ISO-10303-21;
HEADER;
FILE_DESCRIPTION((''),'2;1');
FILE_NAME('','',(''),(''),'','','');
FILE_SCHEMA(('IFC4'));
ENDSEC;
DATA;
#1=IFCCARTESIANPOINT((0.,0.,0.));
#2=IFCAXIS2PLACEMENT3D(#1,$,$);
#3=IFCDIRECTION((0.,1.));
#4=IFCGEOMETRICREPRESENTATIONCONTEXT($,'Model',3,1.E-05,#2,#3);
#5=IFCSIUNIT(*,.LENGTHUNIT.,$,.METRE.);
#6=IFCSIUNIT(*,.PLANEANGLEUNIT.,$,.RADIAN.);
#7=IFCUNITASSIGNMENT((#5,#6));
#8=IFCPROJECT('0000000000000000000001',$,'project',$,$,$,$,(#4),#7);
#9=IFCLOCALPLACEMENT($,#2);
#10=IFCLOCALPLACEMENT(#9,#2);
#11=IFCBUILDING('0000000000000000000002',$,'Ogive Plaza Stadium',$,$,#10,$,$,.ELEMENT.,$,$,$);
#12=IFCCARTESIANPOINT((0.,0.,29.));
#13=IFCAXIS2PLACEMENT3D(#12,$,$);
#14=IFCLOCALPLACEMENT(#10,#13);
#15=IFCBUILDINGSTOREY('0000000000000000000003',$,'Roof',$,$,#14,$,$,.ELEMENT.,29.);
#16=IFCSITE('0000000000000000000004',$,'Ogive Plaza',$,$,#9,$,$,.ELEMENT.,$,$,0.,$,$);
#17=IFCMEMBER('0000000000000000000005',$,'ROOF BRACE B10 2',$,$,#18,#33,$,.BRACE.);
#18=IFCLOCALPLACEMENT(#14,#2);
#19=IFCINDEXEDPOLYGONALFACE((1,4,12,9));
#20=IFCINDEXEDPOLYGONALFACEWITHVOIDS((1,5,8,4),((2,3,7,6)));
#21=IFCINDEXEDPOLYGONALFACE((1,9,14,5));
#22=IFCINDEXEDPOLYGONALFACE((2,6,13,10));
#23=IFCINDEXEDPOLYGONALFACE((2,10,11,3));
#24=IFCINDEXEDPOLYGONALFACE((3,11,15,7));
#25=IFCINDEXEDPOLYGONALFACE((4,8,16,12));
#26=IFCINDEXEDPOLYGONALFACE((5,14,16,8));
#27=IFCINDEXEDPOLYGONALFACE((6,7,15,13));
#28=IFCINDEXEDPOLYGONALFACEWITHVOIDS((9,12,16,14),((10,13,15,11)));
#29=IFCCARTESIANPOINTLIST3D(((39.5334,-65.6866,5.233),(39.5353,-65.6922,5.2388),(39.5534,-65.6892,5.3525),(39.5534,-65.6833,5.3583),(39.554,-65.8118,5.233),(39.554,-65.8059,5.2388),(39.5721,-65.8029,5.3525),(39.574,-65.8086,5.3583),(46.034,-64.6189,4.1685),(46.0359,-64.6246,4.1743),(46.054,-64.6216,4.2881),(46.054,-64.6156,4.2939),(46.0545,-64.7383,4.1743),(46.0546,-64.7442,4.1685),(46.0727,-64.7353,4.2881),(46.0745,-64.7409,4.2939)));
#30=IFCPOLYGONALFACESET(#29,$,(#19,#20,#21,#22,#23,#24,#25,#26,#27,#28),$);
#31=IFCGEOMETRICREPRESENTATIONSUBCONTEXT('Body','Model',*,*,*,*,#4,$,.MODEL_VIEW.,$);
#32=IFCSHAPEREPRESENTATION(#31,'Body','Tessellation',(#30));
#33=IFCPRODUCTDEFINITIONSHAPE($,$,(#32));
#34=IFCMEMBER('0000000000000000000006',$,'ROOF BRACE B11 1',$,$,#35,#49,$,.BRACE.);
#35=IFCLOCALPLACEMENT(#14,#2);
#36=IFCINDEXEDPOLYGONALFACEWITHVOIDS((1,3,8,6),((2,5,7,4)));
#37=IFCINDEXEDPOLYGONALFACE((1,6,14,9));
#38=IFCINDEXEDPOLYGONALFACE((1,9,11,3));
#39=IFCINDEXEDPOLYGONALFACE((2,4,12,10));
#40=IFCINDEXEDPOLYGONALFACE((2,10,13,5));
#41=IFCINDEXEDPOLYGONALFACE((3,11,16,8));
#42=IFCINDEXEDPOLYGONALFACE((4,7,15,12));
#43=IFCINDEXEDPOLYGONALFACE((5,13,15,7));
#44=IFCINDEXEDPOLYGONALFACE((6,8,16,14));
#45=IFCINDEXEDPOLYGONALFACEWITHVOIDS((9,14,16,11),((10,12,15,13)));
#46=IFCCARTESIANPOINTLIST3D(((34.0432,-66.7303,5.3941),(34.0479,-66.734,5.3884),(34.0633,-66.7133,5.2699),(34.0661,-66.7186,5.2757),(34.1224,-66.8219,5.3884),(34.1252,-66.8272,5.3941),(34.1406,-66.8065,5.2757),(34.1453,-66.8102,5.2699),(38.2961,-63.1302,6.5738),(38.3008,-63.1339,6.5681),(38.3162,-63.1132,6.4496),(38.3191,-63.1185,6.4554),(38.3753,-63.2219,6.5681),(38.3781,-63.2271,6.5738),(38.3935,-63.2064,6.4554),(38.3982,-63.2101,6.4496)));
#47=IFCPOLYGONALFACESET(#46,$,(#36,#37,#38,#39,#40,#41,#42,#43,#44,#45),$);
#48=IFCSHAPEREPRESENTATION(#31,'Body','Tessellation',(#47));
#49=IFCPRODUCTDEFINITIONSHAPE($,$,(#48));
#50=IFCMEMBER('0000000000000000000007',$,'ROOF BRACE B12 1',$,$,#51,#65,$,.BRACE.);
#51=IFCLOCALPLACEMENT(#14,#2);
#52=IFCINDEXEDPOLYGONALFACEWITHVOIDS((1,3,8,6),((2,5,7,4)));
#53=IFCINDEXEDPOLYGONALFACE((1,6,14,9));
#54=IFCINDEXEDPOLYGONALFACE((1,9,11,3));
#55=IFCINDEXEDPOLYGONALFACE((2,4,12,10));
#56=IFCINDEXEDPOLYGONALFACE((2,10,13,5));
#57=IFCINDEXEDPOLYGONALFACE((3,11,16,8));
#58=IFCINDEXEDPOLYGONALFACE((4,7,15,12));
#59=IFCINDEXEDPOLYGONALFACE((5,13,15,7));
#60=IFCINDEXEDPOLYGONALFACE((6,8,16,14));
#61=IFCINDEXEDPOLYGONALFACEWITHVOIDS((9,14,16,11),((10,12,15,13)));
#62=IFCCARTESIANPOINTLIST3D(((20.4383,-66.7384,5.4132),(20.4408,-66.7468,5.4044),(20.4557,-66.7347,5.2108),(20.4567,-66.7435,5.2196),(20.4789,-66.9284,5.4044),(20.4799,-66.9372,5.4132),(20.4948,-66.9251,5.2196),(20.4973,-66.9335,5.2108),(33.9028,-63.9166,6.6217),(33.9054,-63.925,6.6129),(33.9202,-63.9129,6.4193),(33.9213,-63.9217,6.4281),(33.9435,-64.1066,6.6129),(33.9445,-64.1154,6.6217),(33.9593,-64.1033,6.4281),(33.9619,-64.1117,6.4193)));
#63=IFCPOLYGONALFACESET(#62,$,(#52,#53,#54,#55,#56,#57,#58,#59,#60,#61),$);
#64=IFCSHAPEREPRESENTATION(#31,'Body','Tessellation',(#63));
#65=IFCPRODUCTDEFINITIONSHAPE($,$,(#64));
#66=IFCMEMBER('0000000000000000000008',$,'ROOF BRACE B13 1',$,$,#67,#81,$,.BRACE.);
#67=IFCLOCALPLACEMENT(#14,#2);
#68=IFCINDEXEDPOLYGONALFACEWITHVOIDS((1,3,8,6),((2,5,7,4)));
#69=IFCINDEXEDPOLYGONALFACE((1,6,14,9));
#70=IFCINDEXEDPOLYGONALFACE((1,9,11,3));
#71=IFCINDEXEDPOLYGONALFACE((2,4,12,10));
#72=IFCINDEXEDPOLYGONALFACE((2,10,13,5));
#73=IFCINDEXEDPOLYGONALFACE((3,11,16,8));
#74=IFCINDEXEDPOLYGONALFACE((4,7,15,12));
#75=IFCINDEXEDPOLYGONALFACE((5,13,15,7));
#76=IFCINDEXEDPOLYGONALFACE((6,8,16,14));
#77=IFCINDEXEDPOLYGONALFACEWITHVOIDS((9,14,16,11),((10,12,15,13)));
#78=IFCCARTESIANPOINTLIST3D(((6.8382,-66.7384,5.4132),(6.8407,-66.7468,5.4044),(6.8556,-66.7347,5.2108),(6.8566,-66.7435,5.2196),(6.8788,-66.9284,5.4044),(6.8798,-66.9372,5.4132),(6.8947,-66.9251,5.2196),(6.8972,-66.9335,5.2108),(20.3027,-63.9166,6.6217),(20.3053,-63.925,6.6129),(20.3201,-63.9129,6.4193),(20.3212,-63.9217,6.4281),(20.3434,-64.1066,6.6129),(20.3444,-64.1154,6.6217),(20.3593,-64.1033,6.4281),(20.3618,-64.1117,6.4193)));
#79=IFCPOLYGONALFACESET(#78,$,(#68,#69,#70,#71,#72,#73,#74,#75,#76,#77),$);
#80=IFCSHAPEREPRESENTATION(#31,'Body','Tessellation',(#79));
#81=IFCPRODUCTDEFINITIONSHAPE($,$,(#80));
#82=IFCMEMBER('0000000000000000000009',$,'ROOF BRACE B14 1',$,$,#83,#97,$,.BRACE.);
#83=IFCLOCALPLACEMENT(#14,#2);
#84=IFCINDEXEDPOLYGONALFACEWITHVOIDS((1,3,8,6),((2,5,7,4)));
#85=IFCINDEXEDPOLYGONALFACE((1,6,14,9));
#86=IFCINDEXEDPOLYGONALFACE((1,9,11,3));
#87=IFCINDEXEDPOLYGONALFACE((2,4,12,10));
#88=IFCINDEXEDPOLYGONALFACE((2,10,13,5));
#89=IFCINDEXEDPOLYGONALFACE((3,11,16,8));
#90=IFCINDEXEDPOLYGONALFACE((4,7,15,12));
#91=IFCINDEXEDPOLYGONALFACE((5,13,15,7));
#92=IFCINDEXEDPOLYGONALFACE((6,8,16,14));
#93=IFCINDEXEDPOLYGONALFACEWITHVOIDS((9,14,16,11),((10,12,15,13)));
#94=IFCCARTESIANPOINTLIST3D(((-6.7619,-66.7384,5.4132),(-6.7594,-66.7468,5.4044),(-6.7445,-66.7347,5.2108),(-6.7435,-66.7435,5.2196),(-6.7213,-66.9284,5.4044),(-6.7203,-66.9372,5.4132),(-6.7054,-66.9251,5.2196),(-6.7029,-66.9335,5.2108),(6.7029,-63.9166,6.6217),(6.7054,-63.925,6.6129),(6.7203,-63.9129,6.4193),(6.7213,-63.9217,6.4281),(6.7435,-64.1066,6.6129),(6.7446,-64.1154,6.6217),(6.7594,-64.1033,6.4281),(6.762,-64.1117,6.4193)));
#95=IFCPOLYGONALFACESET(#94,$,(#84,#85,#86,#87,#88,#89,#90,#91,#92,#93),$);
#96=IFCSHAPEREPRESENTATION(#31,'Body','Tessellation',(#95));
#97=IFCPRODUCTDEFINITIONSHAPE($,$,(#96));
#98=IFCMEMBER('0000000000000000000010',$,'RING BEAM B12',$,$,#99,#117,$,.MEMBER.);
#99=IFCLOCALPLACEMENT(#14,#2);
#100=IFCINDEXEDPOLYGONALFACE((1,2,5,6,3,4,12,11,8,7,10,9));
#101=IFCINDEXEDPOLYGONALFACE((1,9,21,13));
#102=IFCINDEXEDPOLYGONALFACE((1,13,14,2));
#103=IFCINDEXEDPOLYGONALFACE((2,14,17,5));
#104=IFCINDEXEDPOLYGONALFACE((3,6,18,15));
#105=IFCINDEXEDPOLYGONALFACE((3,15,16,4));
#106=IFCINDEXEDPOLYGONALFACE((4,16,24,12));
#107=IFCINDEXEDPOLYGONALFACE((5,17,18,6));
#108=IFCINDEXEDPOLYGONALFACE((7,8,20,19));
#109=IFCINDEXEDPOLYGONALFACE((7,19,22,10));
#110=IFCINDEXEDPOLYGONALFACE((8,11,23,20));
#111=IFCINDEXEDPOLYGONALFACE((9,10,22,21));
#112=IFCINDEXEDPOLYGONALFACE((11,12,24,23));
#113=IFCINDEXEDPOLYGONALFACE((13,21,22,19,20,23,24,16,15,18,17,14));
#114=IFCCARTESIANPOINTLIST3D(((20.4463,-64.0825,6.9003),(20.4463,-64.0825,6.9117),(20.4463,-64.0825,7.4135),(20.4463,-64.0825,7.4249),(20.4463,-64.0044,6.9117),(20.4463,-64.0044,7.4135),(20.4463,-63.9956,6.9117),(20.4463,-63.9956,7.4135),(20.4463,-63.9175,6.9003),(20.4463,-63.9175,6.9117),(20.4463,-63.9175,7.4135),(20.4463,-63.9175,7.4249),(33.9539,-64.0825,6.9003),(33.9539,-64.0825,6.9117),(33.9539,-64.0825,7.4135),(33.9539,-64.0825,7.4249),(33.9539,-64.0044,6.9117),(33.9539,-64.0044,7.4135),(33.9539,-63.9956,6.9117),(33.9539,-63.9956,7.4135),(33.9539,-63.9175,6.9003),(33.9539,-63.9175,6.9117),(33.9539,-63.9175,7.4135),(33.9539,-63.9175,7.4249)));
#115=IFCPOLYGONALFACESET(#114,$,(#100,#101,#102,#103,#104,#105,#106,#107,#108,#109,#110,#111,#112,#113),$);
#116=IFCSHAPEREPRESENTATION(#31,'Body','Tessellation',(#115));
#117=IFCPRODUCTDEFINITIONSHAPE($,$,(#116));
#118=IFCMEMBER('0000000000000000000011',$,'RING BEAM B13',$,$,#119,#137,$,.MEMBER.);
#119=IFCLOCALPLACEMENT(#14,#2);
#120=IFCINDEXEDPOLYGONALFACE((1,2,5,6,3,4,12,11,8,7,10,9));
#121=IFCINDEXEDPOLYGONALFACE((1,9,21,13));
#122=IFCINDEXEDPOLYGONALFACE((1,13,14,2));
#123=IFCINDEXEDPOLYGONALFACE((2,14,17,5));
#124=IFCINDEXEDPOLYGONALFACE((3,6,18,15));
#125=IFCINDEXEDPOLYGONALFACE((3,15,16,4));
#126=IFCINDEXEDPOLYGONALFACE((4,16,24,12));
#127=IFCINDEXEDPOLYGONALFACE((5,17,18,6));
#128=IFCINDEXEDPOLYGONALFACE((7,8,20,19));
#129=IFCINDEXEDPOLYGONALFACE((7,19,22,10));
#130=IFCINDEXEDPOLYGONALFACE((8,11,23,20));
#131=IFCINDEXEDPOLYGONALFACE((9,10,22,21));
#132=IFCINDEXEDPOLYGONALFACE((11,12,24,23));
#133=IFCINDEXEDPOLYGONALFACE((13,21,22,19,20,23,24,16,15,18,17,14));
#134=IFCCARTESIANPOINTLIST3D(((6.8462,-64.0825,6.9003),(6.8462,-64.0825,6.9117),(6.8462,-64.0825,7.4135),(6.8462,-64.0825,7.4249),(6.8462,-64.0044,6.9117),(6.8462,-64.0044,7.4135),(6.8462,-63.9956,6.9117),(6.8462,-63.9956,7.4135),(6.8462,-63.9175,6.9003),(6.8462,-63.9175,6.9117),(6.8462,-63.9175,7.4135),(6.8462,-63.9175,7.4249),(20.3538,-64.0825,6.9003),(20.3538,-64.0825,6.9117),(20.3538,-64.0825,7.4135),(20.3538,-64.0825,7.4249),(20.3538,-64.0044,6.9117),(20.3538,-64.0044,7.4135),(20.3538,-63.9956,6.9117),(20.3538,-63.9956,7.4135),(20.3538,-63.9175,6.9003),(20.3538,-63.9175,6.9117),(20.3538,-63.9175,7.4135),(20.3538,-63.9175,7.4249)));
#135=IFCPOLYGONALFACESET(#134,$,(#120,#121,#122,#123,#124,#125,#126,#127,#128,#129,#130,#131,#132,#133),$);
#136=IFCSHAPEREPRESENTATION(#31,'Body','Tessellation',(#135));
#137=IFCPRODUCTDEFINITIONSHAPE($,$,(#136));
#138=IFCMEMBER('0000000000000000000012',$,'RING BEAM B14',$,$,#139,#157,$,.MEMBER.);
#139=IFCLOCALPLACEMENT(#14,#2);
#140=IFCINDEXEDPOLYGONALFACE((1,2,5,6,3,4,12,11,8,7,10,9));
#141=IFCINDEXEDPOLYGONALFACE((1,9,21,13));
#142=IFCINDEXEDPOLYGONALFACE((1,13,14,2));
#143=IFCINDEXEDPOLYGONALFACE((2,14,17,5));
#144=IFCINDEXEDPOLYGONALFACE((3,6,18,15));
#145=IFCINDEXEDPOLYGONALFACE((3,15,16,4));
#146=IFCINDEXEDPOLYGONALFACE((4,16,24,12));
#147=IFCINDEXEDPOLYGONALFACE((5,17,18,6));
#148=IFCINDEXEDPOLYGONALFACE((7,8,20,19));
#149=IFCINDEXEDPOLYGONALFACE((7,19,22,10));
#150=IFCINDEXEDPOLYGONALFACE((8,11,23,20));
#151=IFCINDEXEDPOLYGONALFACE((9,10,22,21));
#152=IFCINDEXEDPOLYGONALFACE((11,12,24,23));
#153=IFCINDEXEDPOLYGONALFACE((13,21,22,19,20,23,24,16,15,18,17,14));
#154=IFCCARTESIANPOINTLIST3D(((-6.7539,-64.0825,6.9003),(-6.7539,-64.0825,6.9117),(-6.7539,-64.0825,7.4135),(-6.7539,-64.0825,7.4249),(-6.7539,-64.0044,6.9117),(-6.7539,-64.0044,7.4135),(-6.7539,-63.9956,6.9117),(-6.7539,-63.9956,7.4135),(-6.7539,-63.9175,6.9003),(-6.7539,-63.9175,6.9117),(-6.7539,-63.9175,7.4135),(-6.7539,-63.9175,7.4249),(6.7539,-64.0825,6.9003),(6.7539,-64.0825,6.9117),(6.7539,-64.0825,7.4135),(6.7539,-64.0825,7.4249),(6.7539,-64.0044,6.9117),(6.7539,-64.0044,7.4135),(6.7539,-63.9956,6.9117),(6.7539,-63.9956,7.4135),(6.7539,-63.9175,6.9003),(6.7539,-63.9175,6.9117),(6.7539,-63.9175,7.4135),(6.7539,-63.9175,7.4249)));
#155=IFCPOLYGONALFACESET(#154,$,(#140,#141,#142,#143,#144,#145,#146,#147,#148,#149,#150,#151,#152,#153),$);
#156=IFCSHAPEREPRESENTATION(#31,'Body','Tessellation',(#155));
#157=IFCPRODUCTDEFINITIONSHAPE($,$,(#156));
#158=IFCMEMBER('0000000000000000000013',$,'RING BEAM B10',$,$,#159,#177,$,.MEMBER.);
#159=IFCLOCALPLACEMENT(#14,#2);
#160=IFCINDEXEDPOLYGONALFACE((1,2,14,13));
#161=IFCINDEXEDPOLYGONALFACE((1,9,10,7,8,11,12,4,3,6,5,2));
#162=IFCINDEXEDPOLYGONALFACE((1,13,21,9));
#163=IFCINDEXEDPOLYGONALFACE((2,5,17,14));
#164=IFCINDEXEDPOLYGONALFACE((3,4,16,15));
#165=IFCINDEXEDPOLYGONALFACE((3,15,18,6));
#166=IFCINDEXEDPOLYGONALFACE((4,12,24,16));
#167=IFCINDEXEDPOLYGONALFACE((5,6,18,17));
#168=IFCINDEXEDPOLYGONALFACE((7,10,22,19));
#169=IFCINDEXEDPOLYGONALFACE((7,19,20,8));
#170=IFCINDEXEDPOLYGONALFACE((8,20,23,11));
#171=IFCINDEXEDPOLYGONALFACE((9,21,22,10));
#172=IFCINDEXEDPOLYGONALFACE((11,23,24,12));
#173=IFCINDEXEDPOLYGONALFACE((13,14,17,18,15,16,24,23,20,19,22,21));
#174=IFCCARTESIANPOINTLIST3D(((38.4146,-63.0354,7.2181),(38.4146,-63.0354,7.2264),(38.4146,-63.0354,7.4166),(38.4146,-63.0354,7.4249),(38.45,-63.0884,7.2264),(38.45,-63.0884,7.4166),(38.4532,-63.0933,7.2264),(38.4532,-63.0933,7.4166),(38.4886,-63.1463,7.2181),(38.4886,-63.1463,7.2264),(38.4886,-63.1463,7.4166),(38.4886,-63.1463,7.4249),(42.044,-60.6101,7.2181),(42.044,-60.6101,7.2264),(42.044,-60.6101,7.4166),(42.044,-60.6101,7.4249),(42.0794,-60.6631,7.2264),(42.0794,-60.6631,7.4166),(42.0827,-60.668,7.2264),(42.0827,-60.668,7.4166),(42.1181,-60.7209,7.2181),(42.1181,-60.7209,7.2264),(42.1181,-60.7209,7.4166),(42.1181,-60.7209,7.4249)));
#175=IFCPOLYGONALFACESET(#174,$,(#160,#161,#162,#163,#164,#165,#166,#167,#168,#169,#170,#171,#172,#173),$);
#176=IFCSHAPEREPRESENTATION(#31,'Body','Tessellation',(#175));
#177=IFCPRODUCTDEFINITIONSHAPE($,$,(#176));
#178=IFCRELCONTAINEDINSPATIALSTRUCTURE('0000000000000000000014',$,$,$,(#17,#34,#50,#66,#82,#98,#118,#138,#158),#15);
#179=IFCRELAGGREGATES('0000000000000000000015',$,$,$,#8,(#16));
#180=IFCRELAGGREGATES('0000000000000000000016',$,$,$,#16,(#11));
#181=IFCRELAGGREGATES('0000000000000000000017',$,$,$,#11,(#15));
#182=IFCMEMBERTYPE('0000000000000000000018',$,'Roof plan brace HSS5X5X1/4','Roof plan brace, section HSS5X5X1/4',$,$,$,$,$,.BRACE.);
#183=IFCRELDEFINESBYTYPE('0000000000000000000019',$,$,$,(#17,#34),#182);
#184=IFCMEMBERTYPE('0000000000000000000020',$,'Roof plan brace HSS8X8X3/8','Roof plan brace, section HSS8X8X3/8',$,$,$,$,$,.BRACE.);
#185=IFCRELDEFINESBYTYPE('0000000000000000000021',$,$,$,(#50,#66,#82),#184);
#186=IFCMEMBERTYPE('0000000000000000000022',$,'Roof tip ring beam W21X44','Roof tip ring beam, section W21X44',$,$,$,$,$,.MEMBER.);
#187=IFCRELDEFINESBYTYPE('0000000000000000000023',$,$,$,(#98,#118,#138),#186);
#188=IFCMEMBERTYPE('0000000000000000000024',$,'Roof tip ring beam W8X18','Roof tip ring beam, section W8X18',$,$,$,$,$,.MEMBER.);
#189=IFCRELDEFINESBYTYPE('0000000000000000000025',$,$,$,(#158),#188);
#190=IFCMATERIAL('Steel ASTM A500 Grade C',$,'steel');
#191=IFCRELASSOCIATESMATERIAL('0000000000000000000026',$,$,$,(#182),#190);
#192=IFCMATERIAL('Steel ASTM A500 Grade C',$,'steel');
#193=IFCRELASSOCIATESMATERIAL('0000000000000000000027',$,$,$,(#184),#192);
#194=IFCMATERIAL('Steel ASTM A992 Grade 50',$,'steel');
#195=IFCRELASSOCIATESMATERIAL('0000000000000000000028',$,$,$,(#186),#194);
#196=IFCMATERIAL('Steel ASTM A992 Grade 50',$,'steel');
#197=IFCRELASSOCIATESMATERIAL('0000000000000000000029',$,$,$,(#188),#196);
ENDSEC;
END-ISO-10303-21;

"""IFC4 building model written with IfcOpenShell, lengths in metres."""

from ifc_helpers import new_model, si_unit, direction, frame, origin, origin_2d, place, context, subcontext, project, spatial, hollow_rectangle, i_section, extrude, material, material_profile, profile_set, type_object, element, save


model = new_model("IFC4")

# Units and contexts
model_context = context("Model", 3, precision=1e-05, world=origin(), true_north=direction((0.0, 1.0)))
body_context = subcontext(model_context, "Body", "Model", "MODEL_VIEW")
ifc_project = project(units=[si_unit("LENGTHUNIT", "METRE"), si_unit("PLANEANGLEUNIT", "RADIAN")], contexts=[model_context])

# Site, building, storey
site_placement = place(None, origin())
site = spatial("IfcSite", under=ifc_project, at=site_placement, Name="Ogive Plaza", CompositionType="ELEMENT", RefElevation=0.0)
building_placement = place(site_placement, origin())
building = spatial("IfcBuilding", under=site, at=building_placement, Name="Ogive Plaza Stadium", CompositionType="ELEMENT")
storey_placement = place(building_placement, frame((0.0, 0.0, 29.0)))
storey = spatial("IfcBuildingStorey", under=building, at=storey_placement, Name="Roof", CompositionType="ELEMENT", Elevation=29.0)

# Members
ifc_material_1 = material(Name="Steel ASTM A500 Grade C", Category="steel")
ifc_material_profile_1 = material_profile(ifc_material_1, hollow_rectangle(XDim=0.127, YDim=0.127, WallThickness=0.0059, at=origin_2d()), Name="HSS5X5X1/4")
ifc_profile_set_1 = profile_set([ifc_material_profile_1], Name="Steel ASTM A500 Grade C")
member_type_1 = type_object("IfcMemberType", Name="Roof plan brace HSS5X5X1/4", Description="Roof plan brace, section HSS5X5X1/4", PredefinedType="BRACE", material=ifc_profile_set_1)
member_1_placement = place(storey_placement, frame((39.5537, -65.7476, 5.2957), z_axis=(0.974144, 0.159991, -0.159516), x_axis=(-0.162067, 0.98678, 0.0)))
element("IfcMember", 1, at=member_1_placement, inside=storey, type_object=member_type_1, Name="ROOF BRACE B10 2", PredefinedType="BRACE", context=body_context, shape_type="SweptSolid", body=[
    extrude(hollow_rectangle(XDim=0.127, YDim=0.127, WallThickness=0.0059, at=origin_2d()), origin(), (0.0, 0.0, 1.0), 6.6731),
])
member_2_placement = place(storey_placement, frame((38.3472, -63.1702, 6.5117), z_axis=(-0.746705, -0.632085, -0.207123), x_axis=(0.646095, -0.763257, 0.0)))
element("IfcMember", 2, at=member_2_placement, inside=storey, type_object=member_type_1, Name="ROOF BRACE B11 1", PredefinedType="BRACE", context=body_context, shape_type="SweptSolid", body=[
    extrude(hollow_rectangle(XDim=0.127, YDim=0.127, WallThickness=0.0059, at=origin_2d()), origin(), (0.0, 0.0, 1.0), 5.6956),
])
ifc_material_2 = material(Name="Steel ASTM A500 Grade C", Category="steel")
ifc_material_profile_2 = material_profile(ifc_material_2, hollow_rectangle(XDim=0.2031, YDim=0.2031, WallThickness=0.0088, at=origin_2d()), Name="HSS8X8X3/8")
ifc_profile_set_2 = profile_set([ifc_material_profile_2], Name="Steel ASTM A500 Grade C")
member_type_2 = type_object("IfcMemberType", Name="Roof plan brace HSS8X8X3/8", Description="Roof plan brace, section HSS8X8X3/8", PredefinedType="BRACE", material=ifc_profile_set_2)
for number, where, z_axis, x_axis, name in (
    (3, (33.9324, -64.0142, 6.5205), (-0.974983, -0.204327, -0.087508), (0.205114, -0.978738, 0.0), "ROOF BRACE B12 1"),
    (4, (20.3323, -64.0142, 6.5205), (-0.974983, -0.204327, -0.087508), (0.205114, -0.978738, 0.0), "ROOF BRACE B13 1"),
):
    element("IfcMember", number, at=place(storey_placement, frame(where, z_axis=z_axis, x_axis=x_axis)), inside=storey, type_object=member_type_2, Name=name, PredefinedType="BRACE", context=body_context, shape_type="SweptSolid", body=[
        extrude(hollow_rectangle(XDim=0.2031, YDim=0.2031, WallThickness=0.0088, at=origin_2d()), origin(), (0.0, 0.0, 1.0), 13.8101),
    ])
member_3_placement = place(storey_placement, frame((6.7324, -64.0142, 6.5205), z_axis=(-0.974984, -0.204324, -0.087507), x_axis=(0.205111, -0.978739, 0.0)))
element("IfcMember", 5, at=member_3_placement, inside=storey, type_object=member_type_2, Name="ROOF BRACE B14 1", PredefinedType="BRACE", context=body_context, shape_type="SweptSolid", body=[
    extrude(hollow_rectangle(XDim=0.2031, YDim=0.2031, WallThickness=0.0088, at=origin_2d()), origin(), (0.0, 0.0, 1.0), 13.8103),
])
ifc_material_3 = material(Name="Steel ASTM A992 Grade 50", Category="steel")
ifc_material_profile_3 = material_profile(ifc_material_3, i_section(OverallWidth=0.165, OverallDepth=0.5247, WebThickness=0.0088, FlangeThickness=0.0115, at=origin_2d()), Name="W21X44")
ifc_profile_set_3 = profile_set([ifc_material_profile_3], Name="Steel ASTM A992 Grade 50")
member_type_3 = type_object("IfcMemberType", Name="Roof tip ring beam W21X44", Description="Roof tip ring beam, section W21X44", PredefinedType="MEMBER", material=ifc_profile_set_3)
for number, where, z_axis, x_axis, name in (
    (6, (33.9539, -64.0, 7.1626), (-1.0, 0.0, 0.0), (0.0, -1.0, 0.0), "RING BEAM B12"),
    (7, (20.3538, -64.0, 7.1626), (-1.0, 0.0, 0.0), (0.0, -1.0, 0.0), "RING BEAM B13"),
):
    element("IfcMember", number, at=place(storey_placement, frame(where, z_axis=z_axis, x_axis=x_axis)), inside=storey, type_object=member_type_3, Name=name, PredefinedType="MEMBER", context=body_context, shape_type="SweptSolid", body=[
        extrude(i_section(OverallWidth=0.165, OverallDepth=0.5247, WebThickness=0.0088, FlangeThickness=0.0115, at=origin_2d()), origin(), (0.0, 0.0, 1.0), 13.5076),
    ])
member_4_placement = place(storey_placement, frame((6.7539, -64.0, 7.1626), z_axis=(-1.0, 0.0, 0.0), x_axis=(0.0, -1.0, 0.0)))
element("IfcMember", 8, at=member_4_placement, inside=storey, type_object=member_type_3, Name="RING BEAM B14", PredefinedType="MEMBER", context=body_context, shape_type="SweptSolid", body=[
    extrude(i_section(OverallWidth=0.165, OverallDepth=0.5247, WebThickness=0.0088, FlangeThickness=0.0115, at=origin_2d()), origin(), (0.0, 0.0, 1.0), 13.5078),
])
ifc_material_4 = material(Name="Steel ASTM A992 Grade 50", Category="steel")
ifc_material_profile_4 = material_profile(ifc_material_4, i_section(OverallWidth=0.1333, OverallDepth=0.2068, WebThickness=0.0059, FlangeThickness=0.0083, at=origin_2d()), Name="W8X18")
ifc_profile_set_4 = profile_set([ifc_material_profile_4], Name="Steel ASTM A992 Grade 50")
member_type_4 = type_object("IfcMemberType", Name="Roof tip ring beam W8X18", Description="Roof tip ring beam, section W8X18", PredefinedType="MEMBER", material=ifc_profile_set_4)
for number, where, z_axis, x_axis, name in (
    (9, (42.0811, -60.6655, 7.3215), (-0.831447, -0.555603, 0.0), (0.555603, -0.831447, 0.0), "RING BEAM B10"),
):
    element("IfcMember", number, at=place(storey_placement, frame(where, z_axis=z_axis, x_axis=x_axis)), inside=storey, type_object=member_type_4, Name=name, PredefinedType="MEMBER", context=body_context, shape_type="SweptSolid", body=[
        extrude(i_section(OverallWidth=0.1333, OverallDepth=0.2068, WebThickness=0.0059, FlangeThickness=0.0083, at=origin_2d()), origin(), (0.0, 0.0, 1.0), 4.3652),
    ])

save(model, "model.ifc")
